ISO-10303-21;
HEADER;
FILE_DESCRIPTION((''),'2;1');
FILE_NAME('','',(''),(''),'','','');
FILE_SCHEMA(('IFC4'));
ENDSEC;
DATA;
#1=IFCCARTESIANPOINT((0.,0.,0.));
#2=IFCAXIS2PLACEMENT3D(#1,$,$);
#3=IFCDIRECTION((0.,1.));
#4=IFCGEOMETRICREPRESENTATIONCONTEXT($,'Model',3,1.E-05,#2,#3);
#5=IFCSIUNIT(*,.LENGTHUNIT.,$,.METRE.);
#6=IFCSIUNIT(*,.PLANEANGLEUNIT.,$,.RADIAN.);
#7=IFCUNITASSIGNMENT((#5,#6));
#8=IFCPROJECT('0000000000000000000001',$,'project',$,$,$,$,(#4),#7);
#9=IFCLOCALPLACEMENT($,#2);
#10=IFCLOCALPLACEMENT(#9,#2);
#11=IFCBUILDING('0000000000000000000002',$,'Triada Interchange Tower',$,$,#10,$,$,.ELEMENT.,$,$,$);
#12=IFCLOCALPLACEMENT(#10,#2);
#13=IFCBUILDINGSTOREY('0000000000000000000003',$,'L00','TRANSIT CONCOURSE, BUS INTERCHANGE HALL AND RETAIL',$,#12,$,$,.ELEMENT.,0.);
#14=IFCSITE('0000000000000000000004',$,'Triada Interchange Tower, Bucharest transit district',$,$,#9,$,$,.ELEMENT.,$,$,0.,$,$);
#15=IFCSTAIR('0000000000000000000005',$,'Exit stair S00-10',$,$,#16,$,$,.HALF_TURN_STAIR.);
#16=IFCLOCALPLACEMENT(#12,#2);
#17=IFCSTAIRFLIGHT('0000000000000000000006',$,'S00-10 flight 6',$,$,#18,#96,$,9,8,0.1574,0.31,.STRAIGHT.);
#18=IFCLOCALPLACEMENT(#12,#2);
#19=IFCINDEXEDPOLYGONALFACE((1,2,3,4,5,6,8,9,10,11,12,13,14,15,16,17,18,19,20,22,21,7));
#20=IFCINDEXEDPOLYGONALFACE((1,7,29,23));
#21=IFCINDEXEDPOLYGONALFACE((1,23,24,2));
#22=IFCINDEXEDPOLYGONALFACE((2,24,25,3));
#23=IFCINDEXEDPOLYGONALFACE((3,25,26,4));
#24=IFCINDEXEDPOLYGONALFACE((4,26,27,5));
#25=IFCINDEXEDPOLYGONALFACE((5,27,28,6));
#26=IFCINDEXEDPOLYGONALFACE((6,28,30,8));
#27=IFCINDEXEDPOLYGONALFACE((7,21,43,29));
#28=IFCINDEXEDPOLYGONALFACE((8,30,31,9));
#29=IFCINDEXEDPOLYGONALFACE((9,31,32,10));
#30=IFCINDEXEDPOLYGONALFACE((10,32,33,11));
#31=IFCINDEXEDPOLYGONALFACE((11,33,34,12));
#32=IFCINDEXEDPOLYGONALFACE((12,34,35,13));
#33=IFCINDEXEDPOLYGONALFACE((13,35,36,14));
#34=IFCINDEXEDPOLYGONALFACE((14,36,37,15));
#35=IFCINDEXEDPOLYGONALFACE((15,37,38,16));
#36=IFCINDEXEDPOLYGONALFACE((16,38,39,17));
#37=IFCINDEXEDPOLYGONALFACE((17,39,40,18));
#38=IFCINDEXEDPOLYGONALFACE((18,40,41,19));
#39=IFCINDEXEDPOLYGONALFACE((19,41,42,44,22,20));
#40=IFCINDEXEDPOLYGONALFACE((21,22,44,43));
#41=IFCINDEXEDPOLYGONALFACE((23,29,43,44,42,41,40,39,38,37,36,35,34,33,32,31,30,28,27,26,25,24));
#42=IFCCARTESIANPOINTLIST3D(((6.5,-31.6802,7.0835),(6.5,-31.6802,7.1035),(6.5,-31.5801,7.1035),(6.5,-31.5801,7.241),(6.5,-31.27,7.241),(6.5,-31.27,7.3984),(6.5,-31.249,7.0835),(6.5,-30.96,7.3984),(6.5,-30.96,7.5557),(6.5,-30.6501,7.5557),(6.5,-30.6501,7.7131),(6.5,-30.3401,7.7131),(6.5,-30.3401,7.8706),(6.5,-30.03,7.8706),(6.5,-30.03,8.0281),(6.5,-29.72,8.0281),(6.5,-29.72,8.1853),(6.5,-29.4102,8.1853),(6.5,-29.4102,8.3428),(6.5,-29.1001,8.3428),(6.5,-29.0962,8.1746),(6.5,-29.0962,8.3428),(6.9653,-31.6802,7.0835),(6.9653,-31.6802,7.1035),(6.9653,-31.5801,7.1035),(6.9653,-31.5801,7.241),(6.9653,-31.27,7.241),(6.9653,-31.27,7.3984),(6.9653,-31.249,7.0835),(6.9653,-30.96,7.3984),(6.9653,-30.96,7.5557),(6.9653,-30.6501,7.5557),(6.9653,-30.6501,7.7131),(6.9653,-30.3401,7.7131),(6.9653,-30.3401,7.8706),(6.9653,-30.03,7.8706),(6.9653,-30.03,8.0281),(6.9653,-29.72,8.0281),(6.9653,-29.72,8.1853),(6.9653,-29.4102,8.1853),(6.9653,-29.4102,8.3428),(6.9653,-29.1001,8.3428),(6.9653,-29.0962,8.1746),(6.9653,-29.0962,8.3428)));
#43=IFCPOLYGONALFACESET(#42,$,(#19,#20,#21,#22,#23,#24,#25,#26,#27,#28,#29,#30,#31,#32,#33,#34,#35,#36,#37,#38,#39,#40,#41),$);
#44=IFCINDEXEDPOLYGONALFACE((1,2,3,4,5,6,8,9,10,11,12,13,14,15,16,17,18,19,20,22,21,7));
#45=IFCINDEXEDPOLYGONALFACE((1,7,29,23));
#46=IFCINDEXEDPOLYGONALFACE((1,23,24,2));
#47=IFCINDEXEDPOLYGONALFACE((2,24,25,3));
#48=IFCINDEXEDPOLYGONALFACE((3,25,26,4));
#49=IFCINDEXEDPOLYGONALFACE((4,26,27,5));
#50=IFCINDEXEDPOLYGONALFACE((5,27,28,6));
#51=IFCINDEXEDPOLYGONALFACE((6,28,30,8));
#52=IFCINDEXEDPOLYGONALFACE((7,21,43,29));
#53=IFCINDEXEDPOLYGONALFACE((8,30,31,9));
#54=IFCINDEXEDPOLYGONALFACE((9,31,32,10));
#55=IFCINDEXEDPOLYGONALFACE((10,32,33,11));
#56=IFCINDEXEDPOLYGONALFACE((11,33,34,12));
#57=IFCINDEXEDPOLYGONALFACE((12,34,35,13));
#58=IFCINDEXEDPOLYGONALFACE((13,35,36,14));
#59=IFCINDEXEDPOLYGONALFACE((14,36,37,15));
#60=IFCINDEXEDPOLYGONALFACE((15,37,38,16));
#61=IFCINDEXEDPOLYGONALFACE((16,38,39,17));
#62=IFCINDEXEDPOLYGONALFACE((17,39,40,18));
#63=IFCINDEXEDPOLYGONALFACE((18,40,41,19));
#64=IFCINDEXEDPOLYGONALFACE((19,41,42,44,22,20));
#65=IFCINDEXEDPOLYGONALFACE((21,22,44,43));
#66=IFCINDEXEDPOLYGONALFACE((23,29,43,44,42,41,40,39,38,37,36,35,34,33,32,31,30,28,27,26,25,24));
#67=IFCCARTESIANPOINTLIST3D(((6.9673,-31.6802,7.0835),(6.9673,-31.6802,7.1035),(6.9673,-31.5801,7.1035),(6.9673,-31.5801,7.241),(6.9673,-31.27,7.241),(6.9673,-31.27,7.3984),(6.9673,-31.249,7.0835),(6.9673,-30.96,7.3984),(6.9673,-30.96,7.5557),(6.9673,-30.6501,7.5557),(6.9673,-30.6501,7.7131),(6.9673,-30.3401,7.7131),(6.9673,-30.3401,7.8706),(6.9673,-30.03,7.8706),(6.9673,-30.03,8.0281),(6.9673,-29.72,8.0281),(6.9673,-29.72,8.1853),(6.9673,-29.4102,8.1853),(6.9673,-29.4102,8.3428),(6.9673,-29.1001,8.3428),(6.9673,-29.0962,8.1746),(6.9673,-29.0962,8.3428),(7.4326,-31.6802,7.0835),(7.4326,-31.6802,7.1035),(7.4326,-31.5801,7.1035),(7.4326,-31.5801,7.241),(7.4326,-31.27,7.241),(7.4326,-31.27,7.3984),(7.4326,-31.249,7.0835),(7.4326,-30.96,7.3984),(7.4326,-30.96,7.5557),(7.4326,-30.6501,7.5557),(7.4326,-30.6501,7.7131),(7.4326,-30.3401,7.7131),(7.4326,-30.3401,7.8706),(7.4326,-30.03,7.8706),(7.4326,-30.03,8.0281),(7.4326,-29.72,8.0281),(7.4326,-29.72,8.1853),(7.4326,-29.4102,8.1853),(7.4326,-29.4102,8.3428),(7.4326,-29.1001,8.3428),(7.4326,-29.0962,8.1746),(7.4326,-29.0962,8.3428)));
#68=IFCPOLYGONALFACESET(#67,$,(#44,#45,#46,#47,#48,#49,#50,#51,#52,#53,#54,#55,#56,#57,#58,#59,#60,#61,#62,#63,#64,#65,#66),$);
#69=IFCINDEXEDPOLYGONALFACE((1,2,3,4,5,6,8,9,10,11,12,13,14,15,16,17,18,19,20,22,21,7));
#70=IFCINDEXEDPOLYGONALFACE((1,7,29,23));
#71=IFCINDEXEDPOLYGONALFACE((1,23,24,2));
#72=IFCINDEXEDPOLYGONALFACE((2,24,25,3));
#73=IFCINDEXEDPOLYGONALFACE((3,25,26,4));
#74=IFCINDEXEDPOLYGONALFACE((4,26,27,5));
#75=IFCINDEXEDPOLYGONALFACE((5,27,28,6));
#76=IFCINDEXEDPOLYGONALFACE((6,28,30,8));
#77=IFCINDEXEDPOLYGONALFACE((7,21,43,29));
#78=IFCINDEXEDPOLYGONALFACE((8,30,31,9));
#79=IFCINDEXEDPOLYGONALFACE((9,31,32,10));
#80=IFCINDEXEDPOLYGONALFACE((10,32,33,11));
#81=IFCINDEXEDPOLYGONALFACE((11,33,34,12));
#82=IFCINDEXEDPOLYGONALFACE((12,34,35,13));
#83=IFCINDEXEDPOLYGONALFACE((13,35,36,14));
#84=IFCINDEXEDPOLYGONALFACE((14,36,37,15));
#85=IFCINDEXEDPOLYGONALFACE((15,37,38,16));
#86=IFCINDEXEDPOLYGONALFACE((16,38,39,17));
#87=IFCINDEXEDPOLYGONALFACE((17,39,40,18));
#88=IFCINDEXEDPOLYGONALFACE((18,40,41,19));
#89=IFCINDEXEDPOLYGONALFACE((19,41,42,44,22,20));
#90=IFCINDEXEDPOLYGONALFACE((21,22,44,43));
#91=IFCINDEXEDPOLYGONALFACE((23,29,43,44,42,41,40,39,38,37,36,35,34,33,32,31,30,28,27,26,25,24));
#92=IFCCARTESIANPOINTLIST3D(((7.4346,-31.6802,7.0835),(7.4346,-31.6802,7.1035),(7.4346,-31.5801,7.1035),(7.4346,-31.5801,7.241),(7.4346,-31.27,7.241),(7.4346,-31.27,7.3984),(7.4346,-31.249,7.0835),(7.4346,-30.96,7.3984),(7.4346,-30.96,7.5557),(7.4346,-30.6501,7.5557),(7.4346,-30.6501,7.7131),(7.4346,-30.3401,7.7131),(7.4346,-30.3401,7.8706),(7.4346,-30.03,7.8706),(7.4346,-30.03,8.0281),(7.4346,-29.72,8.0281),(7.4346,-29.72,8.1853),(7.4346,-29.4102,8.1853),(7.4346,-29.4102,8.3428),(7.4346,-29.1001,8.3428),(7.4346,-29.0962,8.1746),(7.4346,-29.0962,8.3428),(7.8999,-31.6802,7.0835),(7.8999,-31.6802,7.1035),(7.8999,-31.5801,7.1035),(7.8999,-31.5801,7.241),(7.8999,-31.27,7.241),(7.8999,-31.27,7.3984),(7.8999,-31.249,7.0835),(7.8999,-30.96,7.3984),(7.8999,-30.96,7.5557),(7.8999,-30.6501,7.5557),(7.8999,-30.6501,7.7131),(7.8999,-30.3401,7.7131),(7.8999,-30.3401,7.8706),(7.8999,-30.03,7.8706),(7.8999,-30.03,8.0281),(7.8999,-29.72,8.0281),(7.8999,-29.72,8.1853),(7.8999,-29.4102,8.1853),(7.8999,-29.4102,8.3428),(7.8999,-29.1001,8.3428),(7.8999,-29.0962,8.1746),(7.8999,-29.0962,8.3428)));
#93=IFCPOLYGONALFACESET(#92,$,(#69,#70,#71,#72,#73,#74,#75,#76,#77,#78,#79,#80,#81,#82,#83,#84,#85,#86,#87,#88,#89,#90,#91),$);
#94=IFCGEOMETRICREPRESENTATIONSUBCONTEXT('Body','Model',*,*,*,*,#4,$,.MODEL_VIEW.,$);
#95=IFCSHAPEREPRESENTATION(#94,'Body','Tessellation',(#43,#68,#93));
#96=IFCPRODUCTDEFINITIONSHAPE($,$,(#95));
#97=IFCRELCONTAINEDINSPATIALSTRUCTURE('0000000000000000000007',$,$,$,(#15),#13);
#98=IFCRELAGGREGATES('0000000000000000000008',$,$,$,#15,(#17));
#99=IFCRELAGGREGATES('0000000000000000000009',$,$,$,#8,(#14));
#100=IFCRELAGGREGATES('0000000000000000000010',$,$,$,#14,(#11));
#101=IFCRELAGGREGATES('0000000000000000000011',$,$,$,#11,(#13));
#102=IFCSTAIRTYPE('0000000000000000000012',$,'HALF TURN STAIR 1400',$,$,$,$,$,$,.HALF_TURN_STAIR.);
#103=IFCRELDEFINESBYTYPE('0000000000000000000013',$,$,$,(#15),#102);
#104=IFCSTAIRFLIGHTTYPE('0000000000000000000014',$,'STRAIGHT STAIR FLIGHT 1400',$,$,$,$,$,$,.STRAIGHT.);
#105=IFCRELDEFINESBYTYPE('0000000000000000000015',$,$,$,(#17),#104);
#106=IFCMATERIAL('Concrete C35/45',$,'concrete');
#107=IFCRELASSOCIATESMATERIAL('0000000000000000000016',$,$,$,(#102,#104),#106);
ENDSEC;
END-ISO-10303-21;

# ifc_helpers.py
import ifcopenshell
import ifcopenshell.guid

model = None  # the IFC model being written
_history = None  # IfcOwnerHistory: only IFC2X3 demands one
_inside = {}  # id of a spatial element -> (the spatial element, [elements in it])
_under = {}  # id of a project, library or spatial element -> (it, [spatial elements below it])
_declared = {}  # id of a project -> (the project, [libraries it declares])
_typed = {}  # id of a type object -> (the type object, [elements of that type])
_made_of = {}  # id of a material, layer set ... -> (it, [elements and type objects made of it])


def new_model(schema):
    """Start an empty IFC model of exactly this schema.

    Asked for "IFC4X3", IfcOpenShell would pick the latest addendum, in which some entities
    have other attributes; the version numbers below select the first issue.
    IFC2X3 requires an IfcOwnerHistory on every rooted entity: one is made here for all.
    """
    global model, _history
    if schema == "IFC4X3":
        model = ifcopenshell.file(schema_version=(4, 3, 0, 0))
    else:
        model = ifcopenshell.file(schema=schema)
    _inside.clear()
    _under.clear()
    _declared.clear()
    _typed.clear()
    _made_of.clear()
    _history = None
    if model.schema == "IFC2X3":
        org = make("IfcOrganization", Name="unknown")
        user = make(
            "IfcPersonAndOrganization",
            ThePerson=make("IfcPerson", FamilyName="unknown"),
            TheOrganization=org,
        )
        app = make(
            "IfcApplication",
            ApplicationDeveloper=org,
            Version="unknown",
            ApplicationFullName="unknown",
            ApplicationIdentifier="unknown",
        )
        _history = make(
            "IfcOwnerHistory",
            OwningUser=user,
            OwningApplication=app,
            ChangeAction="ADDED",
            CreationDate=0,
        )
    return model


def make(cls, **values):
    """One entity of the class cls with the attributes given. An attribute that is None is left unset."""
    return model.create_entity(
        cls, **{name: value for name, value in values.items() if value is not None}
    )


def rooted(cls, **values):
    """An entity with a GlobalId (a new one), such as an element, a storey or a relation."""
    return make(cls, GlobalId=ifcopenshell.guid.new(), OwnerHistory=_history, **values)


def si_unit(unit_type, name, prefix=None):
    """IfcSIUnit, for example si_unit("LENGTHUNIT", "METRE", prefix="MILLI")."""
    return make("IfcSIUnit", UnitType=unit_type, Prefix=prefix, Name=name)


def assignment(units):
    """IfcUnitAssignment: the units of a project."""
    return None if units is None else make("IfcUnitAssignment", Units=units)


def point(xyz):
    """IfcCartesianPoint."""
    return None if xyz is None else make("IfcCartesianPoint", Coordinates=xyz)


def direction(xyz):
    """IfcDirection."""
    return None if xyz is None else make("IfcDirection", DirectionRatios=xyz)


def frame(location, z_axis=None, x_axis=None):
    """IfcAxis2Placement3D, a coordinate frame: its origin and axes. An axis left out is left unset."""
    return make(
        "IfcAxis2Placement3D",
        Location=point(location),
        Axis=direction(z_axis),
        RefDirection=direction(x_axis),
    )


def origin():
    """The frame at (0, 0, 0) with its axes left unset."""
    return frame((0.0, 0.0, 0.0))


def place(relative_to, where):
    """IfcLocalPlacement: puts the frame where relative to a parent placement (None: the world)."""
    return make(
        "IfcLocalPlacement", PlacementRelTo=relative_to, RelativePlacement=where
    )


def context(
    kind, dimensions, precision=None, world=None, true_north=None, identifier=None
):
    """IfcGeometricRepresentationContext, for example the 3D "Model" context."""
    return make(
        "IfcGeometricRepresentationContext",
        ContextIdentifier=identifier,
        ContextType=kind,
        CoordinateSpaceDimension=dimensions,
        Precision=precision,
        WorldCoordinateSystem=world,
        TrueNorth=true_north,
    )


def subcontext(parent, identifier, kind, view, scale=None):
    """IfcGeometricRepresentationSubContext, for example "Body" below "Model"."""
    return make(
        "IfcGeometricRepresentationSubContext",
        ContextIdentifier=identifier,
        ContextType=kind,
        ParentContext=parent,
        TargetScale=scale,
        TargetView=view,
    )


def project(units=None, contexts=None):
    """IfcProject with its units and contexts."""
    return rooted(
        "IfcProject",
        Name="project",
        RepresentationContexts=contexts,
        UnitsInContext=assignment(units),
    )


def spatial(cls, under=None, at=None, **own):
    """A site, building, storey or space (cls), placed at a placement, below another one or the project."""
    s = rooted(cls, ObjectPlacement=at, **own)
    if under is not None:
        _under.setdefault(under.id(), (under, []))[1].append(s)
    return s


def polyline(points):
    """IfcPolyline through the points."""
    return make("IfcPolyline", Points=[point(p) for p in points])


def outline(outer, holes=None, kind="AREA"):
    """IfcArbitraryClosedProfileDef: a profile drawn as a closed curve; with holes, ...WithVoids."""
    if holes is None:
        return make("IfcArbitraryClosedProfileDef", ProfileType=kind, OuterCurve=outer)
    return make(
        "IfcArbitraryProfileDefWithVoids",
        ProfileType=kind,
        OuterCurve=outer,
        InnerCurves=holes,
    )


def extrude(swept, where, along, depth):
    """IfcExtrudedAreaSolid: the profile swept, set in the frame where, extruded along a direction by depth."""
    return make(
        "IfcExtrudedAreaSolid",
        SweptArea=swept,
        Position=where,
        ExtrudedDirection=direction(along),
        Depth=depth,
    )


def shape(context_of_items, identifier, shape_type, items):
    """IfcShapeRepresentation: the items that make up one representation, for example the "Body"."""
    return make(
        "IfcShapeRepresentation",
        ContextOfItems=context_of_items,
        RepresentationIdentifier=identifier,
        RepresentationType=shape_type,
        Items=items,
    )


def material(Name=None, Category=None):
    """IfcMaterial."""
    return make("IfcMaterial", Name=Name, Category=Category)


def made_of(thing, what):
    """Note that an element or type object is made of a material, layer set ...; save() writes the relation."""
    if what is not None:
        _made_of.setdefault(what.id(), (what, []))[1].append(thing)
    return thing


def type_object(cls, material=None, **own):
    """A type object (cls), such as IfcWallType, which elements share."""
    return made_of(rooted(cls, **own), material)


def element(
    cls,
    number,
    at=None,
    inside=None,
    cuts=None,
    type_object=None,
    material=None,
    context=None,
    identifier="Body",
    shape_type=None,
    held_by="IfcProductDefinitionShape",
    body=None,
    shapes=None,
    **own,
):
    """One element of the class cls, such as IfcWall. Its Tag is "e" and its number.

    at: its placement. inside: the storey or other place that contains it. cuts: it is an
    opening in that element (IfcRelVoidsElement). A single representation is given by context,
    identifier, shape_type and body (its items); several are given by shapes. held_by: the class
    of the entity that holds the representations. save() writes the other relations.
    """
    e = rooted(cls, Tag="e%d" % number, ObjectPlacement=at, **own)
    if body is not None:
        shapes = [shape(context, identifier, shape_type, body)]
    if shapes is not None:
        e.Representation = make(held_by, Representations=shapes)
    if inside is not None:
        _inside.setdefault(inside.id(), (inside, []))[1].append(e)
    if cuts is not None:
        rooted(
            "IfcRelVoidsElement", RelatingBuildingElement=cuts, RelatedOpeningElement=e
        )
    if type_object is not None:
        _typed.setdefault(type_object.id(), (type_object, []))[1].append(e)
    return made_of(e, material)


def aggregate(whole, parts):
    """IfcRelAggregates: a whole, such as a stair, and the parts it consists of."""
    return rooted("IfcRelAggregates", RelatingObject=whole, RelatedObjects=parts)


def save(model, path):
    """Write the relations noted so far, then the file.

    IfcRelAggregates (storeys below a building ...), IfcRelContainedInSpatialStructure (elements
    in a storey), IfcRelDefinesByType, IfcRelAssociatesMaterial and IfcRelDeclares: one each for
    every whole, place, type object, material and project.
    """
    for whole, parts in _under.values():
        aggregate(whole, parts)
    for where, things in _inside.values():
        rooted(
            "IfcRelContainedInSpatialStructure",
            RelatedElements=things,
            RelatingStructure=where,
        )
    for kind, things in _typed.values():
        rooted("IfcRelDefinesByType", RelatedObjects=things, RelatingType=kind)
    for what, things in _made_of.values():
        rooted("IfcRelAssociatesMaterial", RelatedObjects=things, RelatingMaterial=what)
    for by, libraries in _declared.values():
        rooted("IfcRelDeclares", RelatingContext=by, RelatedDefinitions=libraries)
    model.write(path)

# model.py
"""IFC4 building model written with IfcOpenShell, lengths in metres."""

from ifc_helpers import new_model, si_unit, direction, frame, origin, place, context, subcontext, project, spatial, polyline, outline, extrude, material, type_object, element, aggregate, save


model = new_model("IFC4")

# Units and contexts
model_context = context("Model", 3, precision=1e-05, world=origin(), true_north=direction((0.0, 1.0)))
body_context = subcontext(model_context, "Body", "Model", "MODEL_VIEW")
ifc_project = project(units=[si_unit("LENGTHUNIT", "METRE"), si_unit("PLANEANGLEUNIT", "RADIAN")], contexts=[model_context])

# Site, building, storey
site_placement = place(None, origin())
site = spatial("IfcSite", under=ifc_project, at=site_placement, Name="Triada Interchange Tower, Bucharest transit district", CompositionType="ELEMENT", RefElevation=0.0)
building_placement = place(site_placement, origin())
building = spatial("IfcBuilding", under=site, at=building_placement, Name="Triada Interchange Tower", CompositionType="ELEMENT")
storey_placement = place(building_placement, origin())
storey = spatial("IfcBuildingStorey", under=building, at=storey_placement, Name="L00", Description="TRANSIT CONCOURSE, BUS INTERCHANGE HALL AND RETAIL", CompositionType="ELEMENT", Elevation=0.0)

# Stair, stair flight
ifc_material_1 = material(Name="Concrete C35/45", Category="concrete")
stair_type = type_object("IfcStairType", Name="HALF TURN STAIR 1400", PredefinedType="HALF_TURN_STAIR", material=ifc_material_1)
stair_placement = place(storey_placement, origin())
stair = element("IfcStair", 1, at=stair_placement, inside=storey, type_object=stair_type, Name="Exit stair S00-10", PredefinedType="HALF_TURN_STAIR")
stair_flight_type = type_object("IfcStairFlightType", Name="STRAIGHT STAIR FLIGHT 1400", PredefinedType="STRAIGHT", material=ifc_material_1)
stair_flight_1_placement = place(storey_placement, frame((7.2, -31.5801, 7.0835), z_axis=(0.0, 0.0, 1.0), x_axis=(0.0, 1.0, 0.0)))
stair_flight_1 = element("IfcStairFlight", 2, at=stair_flight_1_placement, type_object=stair_flight_type, Name="S00-10 flight 6", NumberOfRisers=9, NumberOfTreads=8, PredefinedType="STRAIGHT", RiserHeight=0.1574, TreadLength=0.31, context=body_context, shape_type="SweptSolid", body=[
    extrude(outline(polyline([(-0.1001, 0.0), (-0.1001, 0.02), (0.0, 0.02), (0.0, 0.1575), (0.3101, 0.1575), (0.3101, 0.3149), (0.6201, 0.3149), (0.6201, 0.4722), (0.9299, 0.4722), (0.9299, 0.6296), (1.24, 0.6296), (1.24, 0.7871), (1.55, 0.7871), (1.55, 0.9446), (1.8601, 0.9446), (1.8601, 1.1018), (2.1699, 1.1018), (2.1699, 1.2593), (2.48, 1.2593), (2.4839, 1.2593), (2.4839, 1.4167), (2.4839, 1.0911), (0.3311, 0.0), (-0.1001, 0.0)])), frame((0.0, 0.7, 0.0), z_axis=(0.0, -1.0, 0.0), x_axis=(1.0, 0.0, 0.0)), (0.0, 0.0, 1.0), 0.4653),
    extrude(outline(polyline([(-0.1001, 0.0), (-0.1001, 0.02), (0.0, 0.02), (0.0, 0.1575), (0.3101, 0.1575), (0.3101, 0.3149), (0.6201, 0.3149), (0.6201, 0.4722), (0.9299, 0.4722), (0.9299, 0.6296), (1.24, 0.6296), (1.24, 0.7871), (1.55, 0.7871), (1.55, 0.9446), (1.8601, 0.9446), (1.8601, 1.1018), (2.1699, 1.1018), (2.1699, 1.2593), (2.48, 1.2593), (2.4839, 1.2593), (2.4839, 1.4167), (2.4839, 1.0911), (0.3311, 0.0), (-0.1001, 0.0)])), frame((0.0, 0.2327, 0.0), z_axis=(0.0, -1.0, 0.0), x_axis=(1.0, 0.0, 0.0)), (0.0, 0.0, 1.0), 0.4653),
    extrude(outline(polyline([(-0.1001, 0.0), (-0.1001, 0.02), (0.0, 0.02), (0.0, 0.1575), (0.3101, 0.1575), (0.3101, 0.3149), (0.6201, 0.3149), (0.6201, 0.4722), (0.9299, 0.4722), (0.9299, 0.6296), (1.24, 0.6296), (1.24, 0.7871), (1.55, 0.7871), (1.55, 0.9446), (1.8601, 0.9446), (1.8601, 1.1018), (2.1699, 1.1018), (2.1699, 1.2593), (2.48, 1.2593), (2.4839, 1.2593), (2.4839, 1.4167), (2.4839, 1.0911), (0.3311, 0.0), (-0.1001, 0.0)])), frame((0.0, -0.2346, 0.0), z_axis=(0.0, -1.0, 0.0), x_axis=(1.0, 0.0, 0.0)), (0.0, 0.0, 1.0), 0.4653),
])
aggregate(stair, [stair_flight_1])

save(model, "model.ifc")
